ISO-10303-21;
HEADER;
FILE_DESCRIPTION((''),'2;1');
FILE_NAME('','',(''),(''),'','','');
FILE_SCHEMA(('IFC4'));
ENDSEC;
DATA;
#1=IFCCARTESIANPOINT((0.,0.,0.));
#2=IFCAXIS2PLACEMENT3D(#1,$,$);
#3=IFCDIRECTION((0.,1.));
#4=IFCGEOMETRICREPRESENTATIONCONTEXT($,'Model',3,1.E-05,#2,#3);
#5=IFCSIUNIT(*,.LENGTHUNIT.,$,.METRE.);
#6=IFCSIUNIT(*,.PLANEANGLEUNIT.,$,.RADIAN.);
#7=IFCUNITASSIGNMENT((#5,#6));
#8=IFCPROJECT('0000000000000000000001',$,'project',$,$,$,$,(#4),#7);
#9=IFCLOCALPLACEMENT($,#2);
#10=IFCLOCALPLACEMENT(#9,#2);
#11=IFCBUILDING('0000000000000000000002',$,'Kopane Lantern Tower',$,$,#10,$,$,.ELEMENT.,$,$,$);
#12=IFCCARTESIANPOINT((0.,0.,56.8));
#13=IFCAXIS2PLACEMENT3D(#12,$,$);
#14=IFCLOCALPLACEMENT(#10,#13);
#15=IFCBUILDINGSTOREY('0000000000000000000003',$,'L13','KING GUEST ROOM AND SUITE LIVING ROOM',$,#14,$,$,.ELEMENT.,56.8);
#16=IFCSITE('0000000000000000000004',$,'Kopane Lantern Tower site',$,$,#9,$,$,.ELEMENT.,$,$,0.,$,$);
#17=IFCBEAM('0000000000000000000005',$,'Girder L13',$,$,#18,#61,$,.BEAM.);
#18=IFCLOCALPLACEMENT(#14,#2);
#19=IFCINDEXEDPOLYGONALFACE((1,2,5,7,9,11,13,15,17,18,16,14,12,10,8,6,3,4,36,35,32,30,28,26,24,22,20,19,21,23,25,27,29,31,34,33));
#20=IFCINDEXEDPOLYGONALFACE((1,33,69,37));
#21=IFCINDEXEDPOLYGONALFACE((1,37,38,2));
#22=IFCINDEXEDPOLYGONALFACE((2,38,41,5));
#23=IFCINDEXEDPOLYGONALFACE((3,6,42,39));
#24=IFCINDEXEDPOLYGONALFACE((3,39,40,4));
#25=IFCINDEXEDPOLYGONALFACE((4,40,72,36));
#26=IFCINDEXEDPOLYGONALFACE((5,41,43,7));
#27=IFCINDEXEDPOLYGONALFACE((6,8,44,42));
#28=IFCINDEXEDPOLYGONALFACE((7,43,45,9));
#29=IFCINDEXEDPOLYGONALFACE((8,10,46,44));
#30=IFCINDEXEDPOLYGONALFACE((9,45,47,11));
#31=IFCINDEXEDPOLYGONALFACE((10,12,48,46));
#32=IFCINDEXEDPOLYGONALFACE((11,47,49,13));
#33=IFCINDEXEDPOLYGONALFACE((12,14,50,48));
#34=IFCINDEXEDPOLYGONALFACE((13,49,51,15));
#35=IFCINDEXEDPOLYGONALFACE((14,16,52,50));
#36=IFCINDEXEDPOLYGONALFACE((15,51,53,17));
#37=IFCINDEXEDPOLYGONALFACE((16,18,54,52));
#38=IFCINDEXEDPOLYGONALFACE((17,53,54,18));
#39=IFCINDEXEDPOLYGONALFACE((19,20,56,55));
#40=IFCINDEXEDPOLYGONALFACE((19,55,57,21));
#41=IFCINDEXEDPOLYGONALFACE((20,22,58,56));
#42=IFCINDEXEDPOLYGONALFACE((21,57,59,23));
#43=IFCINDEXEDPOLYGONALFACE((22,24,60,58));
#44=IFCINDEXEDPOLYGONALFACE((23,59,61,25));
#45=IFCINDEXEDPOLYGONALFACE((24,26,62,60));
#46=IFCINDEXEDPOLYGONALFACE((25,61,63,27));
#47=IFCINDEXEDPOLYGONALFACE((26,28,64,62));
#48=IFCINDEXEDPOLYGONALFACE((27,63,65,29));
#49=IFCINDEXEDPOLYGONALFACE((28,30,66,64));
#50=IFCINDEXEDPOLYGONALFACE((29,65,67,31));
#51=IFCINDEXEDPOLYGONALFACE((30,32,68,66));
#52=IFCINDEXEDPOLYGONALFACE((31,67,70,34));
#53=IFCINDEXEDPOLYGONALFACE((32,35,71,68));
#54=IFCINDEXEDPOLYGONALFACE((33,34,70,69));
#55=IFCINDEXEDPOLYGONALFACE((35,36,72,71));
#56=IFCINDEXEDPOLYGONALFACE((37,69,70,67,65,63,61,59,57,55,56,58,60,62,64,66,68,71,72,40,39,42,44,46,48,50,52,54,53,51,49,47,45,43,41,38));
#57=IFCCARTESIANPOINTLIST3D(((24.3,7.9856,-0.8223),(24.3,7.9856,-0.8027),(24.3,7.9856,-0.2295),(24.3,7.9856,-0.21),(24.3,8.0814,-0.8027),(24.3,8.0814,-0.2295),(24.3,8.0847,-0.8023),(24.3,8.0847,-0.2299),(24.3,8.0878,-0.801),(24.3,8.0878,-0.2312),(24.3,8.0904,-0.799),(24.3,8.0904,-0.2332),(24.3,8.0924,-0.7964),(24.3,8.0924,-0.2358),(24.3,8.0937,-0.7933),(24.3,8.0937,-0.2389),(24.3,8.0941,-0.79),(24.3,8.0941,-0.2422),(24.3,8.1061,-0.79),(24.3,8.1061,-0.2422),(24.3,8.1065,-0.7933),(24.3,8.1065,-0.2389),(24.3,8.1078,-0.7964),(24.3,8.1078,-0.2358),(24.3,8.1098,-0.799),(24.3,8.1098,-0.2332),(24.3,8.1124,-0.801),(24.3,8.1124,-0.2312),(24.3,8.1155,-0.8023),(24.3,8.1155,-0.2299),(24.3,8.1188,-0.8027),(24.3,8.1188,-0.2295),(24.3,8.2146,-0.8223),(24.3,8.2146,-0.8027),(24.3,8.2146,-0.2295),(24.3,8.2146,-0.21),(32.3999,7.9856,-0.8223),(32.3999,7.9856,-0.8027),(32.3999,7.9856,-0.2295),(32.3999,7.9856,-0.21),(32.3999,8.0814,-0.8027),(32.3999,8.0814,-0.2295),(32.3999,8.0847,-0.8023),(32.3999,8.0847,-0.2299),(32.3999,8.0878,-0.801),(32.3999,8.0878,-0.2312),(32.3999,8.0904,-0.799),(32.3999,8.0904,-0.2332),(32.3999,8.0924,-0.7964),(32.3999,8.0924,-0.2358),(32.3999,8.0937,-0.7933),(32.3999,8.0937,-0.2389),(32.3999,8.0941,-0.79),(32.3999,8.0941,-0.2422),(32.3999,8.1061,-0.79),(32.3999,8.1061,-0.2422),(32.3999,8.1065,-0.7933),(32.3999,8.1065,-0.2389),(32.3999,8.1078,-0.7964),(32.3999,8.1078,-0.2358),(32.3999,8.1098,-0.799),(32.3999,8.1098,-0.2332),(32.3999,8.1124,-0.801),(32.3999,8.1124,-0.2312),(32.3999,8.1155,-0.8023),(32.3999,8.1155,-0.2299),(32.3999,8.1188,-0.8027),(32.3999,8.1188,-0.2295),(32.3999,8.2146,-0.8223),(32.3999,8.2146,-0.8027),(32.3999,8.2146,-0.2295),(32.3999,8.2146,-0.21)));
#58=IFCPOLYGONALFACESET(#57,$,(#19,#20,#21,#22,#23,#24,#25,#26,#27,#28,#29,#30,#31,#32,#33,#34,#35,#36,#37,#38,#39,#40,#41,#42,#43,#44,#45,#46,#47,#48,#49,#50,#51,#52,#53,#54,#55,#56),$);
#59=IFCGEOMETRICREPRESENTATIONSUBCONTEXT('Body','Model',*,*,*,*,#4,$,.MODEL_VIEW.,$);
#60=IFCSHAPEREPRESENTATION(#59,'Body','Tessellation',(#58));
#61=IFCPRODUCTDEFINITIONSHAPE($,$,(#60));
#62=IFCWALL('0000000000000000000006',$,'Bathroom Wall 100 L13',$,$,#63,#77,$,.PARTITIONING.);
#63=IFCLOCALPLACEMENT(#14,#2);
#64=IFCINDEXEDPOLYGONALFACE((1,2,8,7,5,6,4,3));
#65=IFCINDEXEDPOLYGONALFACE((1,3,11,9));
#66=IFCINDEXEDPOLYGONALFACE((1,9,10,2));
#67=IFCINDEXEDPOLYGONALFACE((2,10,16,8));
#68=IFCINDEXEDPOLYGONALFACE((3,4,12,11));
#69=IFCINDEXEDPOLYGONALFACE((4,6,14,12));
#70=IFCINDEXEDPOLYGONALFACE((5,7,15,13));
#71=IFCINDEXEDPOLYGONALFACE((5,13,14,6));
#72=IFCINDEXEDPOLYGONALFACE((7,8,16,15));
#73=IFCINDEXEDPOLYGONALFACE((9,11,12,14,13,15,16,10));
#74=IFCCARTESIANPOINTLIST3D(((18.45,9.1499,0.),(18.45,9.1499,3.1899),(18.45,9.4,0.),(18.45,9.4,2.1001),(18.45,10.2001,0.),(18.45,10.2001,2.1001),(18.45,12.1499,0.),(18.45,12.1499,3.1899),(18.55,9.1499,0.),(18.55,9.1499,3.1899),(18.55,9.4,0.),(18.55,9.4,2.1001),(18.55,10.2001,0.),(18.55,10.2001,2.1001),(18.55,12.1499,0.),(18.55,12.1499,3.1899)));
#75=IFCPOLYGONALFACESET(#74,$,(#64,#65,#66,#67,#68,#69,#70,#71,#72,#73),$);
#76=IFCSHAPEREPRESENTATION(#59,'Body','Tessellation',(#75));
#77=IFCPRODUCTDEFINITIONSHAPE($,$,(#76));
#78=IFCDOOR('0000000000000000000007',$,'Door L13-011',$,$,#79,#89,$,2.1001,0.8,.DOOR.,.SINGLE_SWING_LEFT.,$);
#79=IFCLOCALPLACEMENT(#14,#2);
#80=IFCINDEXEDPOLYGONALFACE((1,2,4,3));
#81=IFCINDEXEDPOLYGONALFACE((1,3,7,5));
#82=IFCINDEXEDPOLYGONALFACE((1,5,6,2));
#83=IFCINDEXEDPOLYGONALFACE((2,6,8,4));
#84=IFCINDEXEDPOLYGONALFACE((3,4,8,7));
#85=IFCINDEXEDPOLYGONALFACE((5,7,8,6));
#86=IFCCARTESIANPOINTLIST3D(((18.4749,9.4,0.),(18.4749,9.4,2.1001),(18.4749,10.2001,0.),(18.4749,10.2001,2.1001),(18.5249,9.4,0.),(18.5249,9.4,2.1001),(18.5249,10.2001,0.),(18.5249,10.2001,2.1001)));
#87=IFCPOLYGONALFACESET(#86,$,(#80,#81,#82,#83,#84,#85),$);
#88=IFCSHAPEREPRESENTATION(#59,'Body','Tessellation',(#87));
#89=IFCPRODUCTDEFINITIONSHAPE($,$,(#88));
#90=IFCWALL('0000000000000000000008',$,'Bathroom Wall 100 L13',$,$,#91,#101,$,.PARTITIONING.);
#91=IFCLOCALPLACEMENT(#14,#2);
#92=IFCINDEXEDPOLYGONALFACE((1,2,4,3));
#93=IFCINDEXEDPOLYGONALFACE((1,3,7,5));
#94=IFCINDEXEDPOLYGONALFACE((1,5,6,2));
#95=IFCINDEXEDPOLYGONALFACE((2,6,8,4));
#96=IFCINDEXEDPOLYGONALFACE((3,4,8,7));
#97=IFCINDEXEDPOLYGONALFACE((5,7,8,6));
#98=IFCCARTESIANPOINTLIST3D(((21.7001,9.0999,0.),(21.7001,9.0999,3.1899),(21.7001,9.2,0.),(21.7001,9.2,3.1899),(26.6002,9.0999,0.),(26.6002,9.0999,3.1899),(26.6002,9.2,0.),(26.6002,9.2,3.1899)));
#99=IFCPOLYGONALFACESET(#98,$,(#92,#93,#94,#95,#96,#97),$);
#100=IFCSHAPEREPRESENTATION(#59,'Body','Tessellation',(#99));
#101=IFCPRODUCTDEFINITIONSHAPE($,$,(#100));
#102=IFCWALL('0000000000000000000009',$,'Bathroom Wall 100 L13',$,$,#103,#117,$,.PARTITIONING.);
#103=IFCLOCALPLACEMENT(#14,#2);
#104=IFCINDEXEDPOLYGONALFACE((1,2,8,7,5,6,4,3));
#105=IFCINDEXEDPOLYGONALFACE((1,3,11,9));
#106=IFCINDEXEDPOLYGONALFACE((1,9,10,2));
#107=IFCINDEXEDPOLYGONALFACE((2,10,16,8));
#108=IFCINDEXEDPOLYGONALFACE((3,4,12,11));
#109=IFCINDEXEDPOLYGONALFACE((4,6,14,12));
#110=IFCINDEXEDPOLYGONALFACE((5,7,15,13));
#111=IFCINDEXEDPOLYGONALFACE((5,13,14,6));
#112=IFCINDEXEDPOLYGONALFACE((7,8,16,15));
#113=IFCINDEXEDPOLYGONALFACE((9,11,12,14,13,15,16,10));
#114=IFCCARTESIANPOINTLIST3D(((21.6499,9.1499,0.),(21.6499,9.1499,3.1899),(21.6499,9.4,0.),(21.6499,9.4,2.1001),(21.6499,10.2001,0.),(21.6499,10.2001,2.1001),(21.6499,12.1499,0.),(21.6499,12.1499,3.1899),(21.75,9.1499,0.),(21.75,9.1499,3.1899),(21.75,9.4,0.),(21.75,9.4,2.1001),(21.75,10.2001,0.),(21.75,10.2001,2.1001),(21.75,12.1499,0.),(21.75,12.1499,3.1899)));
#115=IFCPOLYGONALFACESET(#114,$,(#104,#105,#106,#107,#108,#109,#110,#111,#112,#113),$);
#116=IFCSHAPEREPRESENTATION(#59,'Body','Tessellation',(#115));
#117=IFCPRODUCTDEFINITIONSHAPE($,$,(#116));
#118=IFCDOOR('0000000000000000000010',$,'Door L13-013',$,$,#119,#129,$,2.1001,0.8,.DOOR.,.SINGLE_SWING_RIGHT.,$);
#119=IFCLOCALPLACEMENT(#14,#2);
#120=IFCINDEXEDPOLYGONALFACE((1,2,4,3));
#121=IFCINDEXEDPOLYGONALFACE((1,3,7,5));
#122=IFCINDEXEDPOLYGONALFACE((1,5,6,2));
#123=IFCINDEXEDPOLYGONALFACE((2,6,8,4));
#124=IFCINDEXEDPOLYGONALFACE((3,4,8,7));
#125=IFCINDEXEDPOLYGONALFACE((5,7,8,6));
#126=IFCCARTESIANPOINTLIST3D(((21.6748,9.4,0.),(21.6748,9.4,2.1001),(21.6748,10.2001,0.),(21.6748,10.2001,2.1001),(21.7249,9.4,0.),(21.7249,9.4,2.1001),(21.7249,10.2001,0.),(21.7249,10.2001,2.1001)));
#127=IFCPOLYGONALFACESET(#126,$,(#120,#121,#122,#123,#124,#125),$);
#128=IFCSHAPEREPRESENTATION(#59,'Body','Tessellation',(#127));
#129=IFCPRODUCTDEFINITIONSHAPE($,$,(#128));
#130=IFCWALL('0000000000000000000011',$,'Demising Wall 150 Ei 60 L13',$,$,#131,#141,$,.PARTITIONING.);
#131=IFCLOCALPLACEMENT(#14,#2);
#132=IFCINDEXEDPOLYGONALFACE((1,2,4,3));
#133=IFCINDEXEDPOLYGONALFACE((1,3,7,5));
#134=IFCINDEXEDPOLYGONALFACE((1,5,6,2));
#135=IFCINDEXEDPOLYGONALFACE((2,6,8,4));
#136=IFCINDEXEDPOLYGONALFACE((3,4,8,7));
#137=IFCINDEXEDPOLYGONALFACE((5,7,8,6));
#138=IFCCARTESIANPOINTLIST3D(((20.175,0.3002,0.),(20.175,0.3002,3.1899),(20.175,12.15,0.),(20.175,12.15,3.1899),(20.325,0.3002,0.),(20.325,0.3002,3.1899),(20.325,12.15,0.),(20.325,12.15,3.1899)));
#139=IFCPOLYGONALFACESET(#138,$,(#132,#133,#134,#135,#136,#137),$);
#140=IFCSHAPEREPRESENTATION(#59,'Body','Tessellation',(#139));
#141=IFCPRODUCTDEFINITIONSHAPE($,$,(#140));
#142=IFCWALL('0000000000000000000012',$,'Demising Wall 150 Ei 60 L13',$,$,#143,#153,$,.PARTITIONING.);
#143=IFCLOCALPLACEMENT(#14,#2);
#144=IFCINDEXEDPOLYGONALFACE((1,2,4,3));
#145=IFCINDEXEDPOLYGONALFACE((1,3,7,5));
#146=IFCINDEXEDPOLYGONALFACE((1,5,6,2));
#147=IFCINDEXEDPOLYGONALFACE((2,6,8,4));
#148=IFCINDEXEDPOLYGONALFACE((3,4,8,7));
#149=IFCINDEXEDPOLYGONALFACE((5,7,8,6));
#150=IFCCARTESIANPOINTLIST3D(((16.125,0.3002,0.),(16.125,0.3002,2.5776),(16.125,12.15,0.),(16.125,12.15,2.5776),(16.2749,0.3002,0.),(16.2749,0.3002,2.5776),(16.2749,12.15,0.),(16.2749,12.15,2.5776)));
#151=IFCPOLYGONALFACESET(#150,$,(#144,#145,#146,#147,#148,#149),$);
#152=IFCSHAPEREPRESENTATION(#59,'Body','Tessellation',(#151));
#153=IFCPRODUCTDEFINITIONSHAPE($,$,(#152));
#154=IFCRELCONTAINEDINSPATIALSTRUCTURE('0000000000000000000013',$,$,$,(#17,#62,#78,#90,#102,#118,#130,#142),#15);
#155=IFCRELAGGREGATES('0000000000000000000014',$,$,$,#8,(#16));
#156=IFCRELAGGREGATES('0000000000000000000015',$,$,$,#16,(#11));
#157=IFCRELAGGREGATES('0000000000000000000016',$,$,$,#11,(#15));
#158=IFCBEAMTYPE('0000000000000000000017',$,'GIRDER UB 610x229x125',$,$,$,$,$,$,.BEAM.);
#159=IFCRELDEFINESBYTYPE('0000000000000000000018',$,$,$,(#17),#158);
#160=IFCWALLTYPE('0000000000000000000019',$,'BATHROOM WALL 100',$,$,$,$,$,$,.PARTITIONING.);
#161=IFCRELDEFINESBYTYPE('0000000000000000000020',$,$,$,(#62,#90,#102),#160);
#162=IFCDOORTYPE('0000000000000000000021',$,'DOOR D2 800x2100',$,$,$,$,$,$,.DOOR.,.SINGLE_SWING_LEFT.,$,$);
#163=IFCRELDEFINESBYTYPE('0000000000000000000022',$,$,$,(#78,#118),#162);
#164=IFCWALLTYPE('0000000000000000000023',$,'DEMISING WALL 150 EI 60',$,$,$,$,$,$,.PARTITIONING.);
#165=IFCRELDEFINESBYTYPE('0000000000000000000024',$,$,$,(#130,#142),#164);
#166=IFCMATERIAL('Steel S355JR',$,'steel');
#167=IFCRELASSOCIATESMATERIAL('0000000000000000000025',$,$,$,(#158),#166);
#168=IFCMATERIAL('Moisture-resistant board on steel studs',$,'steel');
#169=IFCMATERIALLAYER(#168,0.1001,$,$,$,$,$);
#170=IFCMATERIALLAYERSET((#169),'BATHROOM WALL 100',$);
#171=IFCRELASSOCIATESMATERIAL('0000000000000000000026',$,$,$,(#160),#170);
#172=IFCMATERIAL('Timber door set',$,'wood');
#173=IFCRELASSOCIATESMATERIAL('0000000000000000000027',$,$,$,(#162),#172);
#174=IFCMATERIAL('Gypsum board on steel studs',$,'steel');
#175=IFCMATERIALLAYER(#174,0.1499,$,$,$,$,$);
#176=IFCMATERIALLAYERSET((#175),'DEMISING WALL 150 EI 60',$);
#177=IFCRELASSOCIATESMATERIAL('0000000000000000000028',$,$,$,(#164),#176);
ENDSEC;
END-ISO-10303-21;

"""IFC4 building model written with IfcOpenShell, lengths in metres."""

from ifc_helpers import new_model, si_unit, direction, frame, frame_2d, origin, origin_2d, place, context, subcontext, project, spatial, rectangle, i_section, extrude, material, layer, layer_set, material_profile, profile_set, type_object, element, fill, save


model = new_model("IFC4")

# Units and contexts
model_context = context("Model", 3, precision=1e-05, world=origin(), true_north=direction((0.0, 1.0)))
body_context = subcontext(model_context, "Body", "Model", "MODEL_VIEW")
ifc_project = project(units=[si_unit("LENGTHUNIT", "METRE"), si_unit("PLANEANGLEUNIT", "RADIAN")], contexts=[model_context])

# Site, building, storey
site_placement = place(None, origin())
site = spatial("IfcSite", under=ifc_project, at=site_placement, Name="Kopane Lantern Tower site", CompositionType="ELEMENT", RefElevation=0.0)
building_placement = place(site_placement, origin())
building = spatial("IfcBuilding", under=site, at=building_placement, Name="Kopane Lantern Tower", CompositionType="ELEMENT")
storey_placement = place(building_placement, frame((0.0, 0.0, 56.8)))
storey = spatial("IfcBuildingStorey", under=building, at=storey_placement, Name="L13", Description="KING GUEST ROOM AND SUITE LIVING ROOM", CompositionType="ELEMENT", Elevation=56.8)

# Beam
ifc_material_1 = material(Name="Steel S355JR", Category="steel")
ifc_material_profile_1 = material_profile(ifc_material_1, i_section(OverallWidth=0.229, OverallDepth=0.6123, WebThickness=0.012, FlangeThickness=0.0195, FilletRadius=0.0127, at=origin_2d()), Name="UB 610x229x125")
ifc_profile_set_1 = profile_set([ifc_material_profile_1], Name="Steel S355JR")
beam_type = type_object("IfcBeamType", Name="GIRDER UB 610x229x125", PredefinedType="BEAM", material=ifc_profile_set_1)
for number, where, z_axis, x_axis, name in (
    (1, (24.3, 8.1001, -0.5161), (1.0, 0.0, 0.0), (0.0, 1.0, 0.0), "Girder L13"),
):
    element("IfcBeam", number, at=place(storey_placement, frame(where, z_axis=z_axis, x_axis=x_axis)), inside=storey, type_object=beam_type, Name=name, PredefinedType="BEAM", context=body_context, shape_type="SweptSolid", body=[
        extrude(i_section(OverallWidth=0.229, OverallDepth=0.6123, WebThickness=0.012, FlangeThickness=0.0195, FilletRadius=0.0127, at=origin_2d()), origin(), (0.0, 0.0, 1.0), 8.0999),
    ])

# Wall, opening, door
ifc_material_2 = material(Name="Moisture-resistant board on steel studs", Category="steel")
ifc_layer_1 = layer(ifc_material_2, 0.1001)
ifc_layer_set_1 = layer_set([ifc_layer_1], Name="BATHROOM WALL 100")
wall_type_1 = type_object("IfcWallType", Name="BATHROOM WALL 100", PredefinedType="PARTITIONING", material=ifc_layer_set_1)
wall_1_placement = place(storey_placement, frame((18.5, 12.1499, 0.0), z_axis=(0.0, 0.0, 1.0), x_axis=(0.0, -1.0, 0.0)))
wall_1 = element("IfcWall", 2, at=wall_1_placement, inside=storey, type_object=wall_type_1, Name="Bathroom Wall 100 L13", PredefinedType="PARTITIONING", context=body_context, shape_type="SweptSolid", body=[
    extrude(rectangle(XDim=3.0, YDim=0.1001, at=frame_2d((1.5, 0.0))), origin(), (0.0, 0.0, 1.0), 3.1899),
])
opening_1_placement = place(wall_1_placement, frame((1.95, 0.0, 0.0)))
opening_1 = element("IfcOpeningElement", 3, at=opening_1_placement, cuts=wall_1, PredefinedType="OPENING", context=body_context, shape_type="SweptSolid", body=[
    extrude(rectangle(XDim=0.8, YDim=2.1001, at=frame_2d((0.3999, 1.05))), frame((0.0, 0.0601, 0.0), z_axis=(0.0, -1.0, 0.0), x_axis=(1.0, 0.0, 0.0)), (0.0, 0.0, 1.0), 0.1201),
])
ifc_material_3 = material(Name="Timber door set", Category="wood")
door_type = type_object("IfcDoorType", Name="DOOR D2 800x2100", OperationType="SINGLE_SWING_LEFT", PredefinedType="DOOR", material=ifc_material_3)
door_1_placement = place(opening_1_placement, origin())
door_1 = element("IfcDoor", 4, at=door_1_placement, inside=storey, type_object=door_type, Name="Door L13-011", OperationType="SINGLE_SWING_LEFT", OverallHeight=2.1001, OverallWidth=0.8, PredefinedType="DOOR", context=body_context, shape_type="SweptSolid", body=[
    extrude(rectangle(XDim=0.8, YDim=2.1001, at=frame_2d((0.3999, 1.05))), frame((0.0, 0.0249, 0.0), z_axis=(0.0, -1.0, 0.0), x_axis=(1.0, 0.0, 0.0)), (0.0, 0.0, 1.0), 0.05),
])
fill(opening_1, door_1)

# Wall
wall_2_placement = place(storey_placement, frame((21.7, 9.1499, 0.0), z_axis=(0.0, 0.0, 1.0), x_axis=(1.0, 0.0, 0.0)))
element("IfcWall", 5, at=wall_2_placement, inside=storey, type_object=wall_type_1, Name="Bathroom Wall 100 L13", PredefinedType="PARTITIONING", context=body_context, shape_type="SweptSolid", body=[
    extrude(rectangle(XDim=4.9001, YDim=0.1001, at=frame_2d((2.4502, 0.0))), origin(), (0.0, 0.0, 1.0), 3.1899),
])

# Wall, opening, door
wall_3_placement = place(storey_placement, frame((21.7, 12.1499, 0.0), z_axis=(0.0, 0.0, 1.0), x_axis=(0.0, -1.0, 0.0)))
wall_3 = element("IfcWall", 6, at=wall_3_placement, inside=storey, type_object=wall_type_1, Name="Bathroom Wall 100 L13", PredefinedType="PARTITIONING", context=body_context, shape_type="SweptSolid", body=[
    extrude(rectangle(XDim=3.0, YDim=0.1001, at=frame_2d((1.5, 0.0))), origin(), (0.0, 0.0, 1.0), 3.1899),
])
opening_2_placement = place(wall_3_placement, frame((1.95, 0.0, 0.0)))
opening_2 = element("IfcOpeningElement", 7, at=opening_2_placement, cuts=wall_3, PredefinedType="OPENING", context=body_context, shape_type="SweptSolid", body=[
    extrude(rectangle(XDim=0.8, YDim=2.1001, at=frame_2d((0.3999, 1.05))), frame((0.0, 0.0601, 0.0), z_axis=(0.0, -1.0, 0.0), x_axis=(1.0, 0.0, 0.0)), (0.0, 0.0, 1.0), 0.1201),
])
door_2_placement = place(opening_2_placement, origin())
door_2 = element("IfcDoor", 8, at=door_2_placement, inside=storey, type_object=door_type, Name="Door L13-013", OperationType="SINGLE_SWING_RIGHT", OverallHeight=2.1001, OverallWidth=0.8, PredefinedType="DOOR", context=body_context, shape_type="SweptSolid", body=[
    extrude(rectangle(XDim=0.8, YDim=2.1001, at=frame_2d((0.3999, 1.05))), frame((0.0, 0.0249, 0.0), z_axis=(0.0, -1.0, 0.0), x_axis=(1.0, 0.0, 0.0)), (0.0, 0.0, 1.0), 0.05),
])
fill(opening_2, door_2)

# Walls
ifc_material_4 = material(Name="Gypsum board on steel studs", Category="steel")
ifc_layer_2 = layer(ifc_material_4, 0.1499)
ifc_layer_set_2 = layer_set([ifc_layer_2], Name="DEMISING WALL 150 EI 60")
wall_type_2 = type_object("IfcWallType", Name="DEMISING WALL 150 EI 60", PredefinedType="PARTITIONING", material=ifc_layer_set_2)
wall_4_placement = place(storey_placement, frame((20.25, 12.1499, 0.0), z_axis=(0.0, 0.0, 1.0), x_axis=(0.0, -1.0, 0.0)))
element("IfcWall", 9, at=wall_4_placement, inside=storey, type_object=wall_type_2, Name="Demising Wall 150 Ei 60 L13", PredefinedType="PARTITIONING", context=body_context, shape_type="SweptSolid", body=[
    extrude(rectangle(XDim=11.8499, YDim=0.1499, at=frame_2d((5.9248, 0.0))), origin(), (0.0, 0.0, 1.0), 3.1899),
])
wall_5_placement = place(storey_placement, frame((16.2, 12.1499, 0.0), z_axis=(0.0, 0.0, 1.0), x_axis=(0.0, -1.0, 0.0)))
element("IfcWall", 10, at=wall_5_placement, inside=storey, type_object=wall_type_2, Name="Demising Wall 150 Ei 60 L13", PredefinedType="PARTITIONING", context=body_context, shape_type="SweptSolid", body=[
    extrude(rectangle(XDim=11.8499, YDim=0.1499, at=frame_2d((5.9248, 0.0))), origin(), (0.0, 0.0, 1.0), 2.5776),
])

save(model, "model.ifc")
